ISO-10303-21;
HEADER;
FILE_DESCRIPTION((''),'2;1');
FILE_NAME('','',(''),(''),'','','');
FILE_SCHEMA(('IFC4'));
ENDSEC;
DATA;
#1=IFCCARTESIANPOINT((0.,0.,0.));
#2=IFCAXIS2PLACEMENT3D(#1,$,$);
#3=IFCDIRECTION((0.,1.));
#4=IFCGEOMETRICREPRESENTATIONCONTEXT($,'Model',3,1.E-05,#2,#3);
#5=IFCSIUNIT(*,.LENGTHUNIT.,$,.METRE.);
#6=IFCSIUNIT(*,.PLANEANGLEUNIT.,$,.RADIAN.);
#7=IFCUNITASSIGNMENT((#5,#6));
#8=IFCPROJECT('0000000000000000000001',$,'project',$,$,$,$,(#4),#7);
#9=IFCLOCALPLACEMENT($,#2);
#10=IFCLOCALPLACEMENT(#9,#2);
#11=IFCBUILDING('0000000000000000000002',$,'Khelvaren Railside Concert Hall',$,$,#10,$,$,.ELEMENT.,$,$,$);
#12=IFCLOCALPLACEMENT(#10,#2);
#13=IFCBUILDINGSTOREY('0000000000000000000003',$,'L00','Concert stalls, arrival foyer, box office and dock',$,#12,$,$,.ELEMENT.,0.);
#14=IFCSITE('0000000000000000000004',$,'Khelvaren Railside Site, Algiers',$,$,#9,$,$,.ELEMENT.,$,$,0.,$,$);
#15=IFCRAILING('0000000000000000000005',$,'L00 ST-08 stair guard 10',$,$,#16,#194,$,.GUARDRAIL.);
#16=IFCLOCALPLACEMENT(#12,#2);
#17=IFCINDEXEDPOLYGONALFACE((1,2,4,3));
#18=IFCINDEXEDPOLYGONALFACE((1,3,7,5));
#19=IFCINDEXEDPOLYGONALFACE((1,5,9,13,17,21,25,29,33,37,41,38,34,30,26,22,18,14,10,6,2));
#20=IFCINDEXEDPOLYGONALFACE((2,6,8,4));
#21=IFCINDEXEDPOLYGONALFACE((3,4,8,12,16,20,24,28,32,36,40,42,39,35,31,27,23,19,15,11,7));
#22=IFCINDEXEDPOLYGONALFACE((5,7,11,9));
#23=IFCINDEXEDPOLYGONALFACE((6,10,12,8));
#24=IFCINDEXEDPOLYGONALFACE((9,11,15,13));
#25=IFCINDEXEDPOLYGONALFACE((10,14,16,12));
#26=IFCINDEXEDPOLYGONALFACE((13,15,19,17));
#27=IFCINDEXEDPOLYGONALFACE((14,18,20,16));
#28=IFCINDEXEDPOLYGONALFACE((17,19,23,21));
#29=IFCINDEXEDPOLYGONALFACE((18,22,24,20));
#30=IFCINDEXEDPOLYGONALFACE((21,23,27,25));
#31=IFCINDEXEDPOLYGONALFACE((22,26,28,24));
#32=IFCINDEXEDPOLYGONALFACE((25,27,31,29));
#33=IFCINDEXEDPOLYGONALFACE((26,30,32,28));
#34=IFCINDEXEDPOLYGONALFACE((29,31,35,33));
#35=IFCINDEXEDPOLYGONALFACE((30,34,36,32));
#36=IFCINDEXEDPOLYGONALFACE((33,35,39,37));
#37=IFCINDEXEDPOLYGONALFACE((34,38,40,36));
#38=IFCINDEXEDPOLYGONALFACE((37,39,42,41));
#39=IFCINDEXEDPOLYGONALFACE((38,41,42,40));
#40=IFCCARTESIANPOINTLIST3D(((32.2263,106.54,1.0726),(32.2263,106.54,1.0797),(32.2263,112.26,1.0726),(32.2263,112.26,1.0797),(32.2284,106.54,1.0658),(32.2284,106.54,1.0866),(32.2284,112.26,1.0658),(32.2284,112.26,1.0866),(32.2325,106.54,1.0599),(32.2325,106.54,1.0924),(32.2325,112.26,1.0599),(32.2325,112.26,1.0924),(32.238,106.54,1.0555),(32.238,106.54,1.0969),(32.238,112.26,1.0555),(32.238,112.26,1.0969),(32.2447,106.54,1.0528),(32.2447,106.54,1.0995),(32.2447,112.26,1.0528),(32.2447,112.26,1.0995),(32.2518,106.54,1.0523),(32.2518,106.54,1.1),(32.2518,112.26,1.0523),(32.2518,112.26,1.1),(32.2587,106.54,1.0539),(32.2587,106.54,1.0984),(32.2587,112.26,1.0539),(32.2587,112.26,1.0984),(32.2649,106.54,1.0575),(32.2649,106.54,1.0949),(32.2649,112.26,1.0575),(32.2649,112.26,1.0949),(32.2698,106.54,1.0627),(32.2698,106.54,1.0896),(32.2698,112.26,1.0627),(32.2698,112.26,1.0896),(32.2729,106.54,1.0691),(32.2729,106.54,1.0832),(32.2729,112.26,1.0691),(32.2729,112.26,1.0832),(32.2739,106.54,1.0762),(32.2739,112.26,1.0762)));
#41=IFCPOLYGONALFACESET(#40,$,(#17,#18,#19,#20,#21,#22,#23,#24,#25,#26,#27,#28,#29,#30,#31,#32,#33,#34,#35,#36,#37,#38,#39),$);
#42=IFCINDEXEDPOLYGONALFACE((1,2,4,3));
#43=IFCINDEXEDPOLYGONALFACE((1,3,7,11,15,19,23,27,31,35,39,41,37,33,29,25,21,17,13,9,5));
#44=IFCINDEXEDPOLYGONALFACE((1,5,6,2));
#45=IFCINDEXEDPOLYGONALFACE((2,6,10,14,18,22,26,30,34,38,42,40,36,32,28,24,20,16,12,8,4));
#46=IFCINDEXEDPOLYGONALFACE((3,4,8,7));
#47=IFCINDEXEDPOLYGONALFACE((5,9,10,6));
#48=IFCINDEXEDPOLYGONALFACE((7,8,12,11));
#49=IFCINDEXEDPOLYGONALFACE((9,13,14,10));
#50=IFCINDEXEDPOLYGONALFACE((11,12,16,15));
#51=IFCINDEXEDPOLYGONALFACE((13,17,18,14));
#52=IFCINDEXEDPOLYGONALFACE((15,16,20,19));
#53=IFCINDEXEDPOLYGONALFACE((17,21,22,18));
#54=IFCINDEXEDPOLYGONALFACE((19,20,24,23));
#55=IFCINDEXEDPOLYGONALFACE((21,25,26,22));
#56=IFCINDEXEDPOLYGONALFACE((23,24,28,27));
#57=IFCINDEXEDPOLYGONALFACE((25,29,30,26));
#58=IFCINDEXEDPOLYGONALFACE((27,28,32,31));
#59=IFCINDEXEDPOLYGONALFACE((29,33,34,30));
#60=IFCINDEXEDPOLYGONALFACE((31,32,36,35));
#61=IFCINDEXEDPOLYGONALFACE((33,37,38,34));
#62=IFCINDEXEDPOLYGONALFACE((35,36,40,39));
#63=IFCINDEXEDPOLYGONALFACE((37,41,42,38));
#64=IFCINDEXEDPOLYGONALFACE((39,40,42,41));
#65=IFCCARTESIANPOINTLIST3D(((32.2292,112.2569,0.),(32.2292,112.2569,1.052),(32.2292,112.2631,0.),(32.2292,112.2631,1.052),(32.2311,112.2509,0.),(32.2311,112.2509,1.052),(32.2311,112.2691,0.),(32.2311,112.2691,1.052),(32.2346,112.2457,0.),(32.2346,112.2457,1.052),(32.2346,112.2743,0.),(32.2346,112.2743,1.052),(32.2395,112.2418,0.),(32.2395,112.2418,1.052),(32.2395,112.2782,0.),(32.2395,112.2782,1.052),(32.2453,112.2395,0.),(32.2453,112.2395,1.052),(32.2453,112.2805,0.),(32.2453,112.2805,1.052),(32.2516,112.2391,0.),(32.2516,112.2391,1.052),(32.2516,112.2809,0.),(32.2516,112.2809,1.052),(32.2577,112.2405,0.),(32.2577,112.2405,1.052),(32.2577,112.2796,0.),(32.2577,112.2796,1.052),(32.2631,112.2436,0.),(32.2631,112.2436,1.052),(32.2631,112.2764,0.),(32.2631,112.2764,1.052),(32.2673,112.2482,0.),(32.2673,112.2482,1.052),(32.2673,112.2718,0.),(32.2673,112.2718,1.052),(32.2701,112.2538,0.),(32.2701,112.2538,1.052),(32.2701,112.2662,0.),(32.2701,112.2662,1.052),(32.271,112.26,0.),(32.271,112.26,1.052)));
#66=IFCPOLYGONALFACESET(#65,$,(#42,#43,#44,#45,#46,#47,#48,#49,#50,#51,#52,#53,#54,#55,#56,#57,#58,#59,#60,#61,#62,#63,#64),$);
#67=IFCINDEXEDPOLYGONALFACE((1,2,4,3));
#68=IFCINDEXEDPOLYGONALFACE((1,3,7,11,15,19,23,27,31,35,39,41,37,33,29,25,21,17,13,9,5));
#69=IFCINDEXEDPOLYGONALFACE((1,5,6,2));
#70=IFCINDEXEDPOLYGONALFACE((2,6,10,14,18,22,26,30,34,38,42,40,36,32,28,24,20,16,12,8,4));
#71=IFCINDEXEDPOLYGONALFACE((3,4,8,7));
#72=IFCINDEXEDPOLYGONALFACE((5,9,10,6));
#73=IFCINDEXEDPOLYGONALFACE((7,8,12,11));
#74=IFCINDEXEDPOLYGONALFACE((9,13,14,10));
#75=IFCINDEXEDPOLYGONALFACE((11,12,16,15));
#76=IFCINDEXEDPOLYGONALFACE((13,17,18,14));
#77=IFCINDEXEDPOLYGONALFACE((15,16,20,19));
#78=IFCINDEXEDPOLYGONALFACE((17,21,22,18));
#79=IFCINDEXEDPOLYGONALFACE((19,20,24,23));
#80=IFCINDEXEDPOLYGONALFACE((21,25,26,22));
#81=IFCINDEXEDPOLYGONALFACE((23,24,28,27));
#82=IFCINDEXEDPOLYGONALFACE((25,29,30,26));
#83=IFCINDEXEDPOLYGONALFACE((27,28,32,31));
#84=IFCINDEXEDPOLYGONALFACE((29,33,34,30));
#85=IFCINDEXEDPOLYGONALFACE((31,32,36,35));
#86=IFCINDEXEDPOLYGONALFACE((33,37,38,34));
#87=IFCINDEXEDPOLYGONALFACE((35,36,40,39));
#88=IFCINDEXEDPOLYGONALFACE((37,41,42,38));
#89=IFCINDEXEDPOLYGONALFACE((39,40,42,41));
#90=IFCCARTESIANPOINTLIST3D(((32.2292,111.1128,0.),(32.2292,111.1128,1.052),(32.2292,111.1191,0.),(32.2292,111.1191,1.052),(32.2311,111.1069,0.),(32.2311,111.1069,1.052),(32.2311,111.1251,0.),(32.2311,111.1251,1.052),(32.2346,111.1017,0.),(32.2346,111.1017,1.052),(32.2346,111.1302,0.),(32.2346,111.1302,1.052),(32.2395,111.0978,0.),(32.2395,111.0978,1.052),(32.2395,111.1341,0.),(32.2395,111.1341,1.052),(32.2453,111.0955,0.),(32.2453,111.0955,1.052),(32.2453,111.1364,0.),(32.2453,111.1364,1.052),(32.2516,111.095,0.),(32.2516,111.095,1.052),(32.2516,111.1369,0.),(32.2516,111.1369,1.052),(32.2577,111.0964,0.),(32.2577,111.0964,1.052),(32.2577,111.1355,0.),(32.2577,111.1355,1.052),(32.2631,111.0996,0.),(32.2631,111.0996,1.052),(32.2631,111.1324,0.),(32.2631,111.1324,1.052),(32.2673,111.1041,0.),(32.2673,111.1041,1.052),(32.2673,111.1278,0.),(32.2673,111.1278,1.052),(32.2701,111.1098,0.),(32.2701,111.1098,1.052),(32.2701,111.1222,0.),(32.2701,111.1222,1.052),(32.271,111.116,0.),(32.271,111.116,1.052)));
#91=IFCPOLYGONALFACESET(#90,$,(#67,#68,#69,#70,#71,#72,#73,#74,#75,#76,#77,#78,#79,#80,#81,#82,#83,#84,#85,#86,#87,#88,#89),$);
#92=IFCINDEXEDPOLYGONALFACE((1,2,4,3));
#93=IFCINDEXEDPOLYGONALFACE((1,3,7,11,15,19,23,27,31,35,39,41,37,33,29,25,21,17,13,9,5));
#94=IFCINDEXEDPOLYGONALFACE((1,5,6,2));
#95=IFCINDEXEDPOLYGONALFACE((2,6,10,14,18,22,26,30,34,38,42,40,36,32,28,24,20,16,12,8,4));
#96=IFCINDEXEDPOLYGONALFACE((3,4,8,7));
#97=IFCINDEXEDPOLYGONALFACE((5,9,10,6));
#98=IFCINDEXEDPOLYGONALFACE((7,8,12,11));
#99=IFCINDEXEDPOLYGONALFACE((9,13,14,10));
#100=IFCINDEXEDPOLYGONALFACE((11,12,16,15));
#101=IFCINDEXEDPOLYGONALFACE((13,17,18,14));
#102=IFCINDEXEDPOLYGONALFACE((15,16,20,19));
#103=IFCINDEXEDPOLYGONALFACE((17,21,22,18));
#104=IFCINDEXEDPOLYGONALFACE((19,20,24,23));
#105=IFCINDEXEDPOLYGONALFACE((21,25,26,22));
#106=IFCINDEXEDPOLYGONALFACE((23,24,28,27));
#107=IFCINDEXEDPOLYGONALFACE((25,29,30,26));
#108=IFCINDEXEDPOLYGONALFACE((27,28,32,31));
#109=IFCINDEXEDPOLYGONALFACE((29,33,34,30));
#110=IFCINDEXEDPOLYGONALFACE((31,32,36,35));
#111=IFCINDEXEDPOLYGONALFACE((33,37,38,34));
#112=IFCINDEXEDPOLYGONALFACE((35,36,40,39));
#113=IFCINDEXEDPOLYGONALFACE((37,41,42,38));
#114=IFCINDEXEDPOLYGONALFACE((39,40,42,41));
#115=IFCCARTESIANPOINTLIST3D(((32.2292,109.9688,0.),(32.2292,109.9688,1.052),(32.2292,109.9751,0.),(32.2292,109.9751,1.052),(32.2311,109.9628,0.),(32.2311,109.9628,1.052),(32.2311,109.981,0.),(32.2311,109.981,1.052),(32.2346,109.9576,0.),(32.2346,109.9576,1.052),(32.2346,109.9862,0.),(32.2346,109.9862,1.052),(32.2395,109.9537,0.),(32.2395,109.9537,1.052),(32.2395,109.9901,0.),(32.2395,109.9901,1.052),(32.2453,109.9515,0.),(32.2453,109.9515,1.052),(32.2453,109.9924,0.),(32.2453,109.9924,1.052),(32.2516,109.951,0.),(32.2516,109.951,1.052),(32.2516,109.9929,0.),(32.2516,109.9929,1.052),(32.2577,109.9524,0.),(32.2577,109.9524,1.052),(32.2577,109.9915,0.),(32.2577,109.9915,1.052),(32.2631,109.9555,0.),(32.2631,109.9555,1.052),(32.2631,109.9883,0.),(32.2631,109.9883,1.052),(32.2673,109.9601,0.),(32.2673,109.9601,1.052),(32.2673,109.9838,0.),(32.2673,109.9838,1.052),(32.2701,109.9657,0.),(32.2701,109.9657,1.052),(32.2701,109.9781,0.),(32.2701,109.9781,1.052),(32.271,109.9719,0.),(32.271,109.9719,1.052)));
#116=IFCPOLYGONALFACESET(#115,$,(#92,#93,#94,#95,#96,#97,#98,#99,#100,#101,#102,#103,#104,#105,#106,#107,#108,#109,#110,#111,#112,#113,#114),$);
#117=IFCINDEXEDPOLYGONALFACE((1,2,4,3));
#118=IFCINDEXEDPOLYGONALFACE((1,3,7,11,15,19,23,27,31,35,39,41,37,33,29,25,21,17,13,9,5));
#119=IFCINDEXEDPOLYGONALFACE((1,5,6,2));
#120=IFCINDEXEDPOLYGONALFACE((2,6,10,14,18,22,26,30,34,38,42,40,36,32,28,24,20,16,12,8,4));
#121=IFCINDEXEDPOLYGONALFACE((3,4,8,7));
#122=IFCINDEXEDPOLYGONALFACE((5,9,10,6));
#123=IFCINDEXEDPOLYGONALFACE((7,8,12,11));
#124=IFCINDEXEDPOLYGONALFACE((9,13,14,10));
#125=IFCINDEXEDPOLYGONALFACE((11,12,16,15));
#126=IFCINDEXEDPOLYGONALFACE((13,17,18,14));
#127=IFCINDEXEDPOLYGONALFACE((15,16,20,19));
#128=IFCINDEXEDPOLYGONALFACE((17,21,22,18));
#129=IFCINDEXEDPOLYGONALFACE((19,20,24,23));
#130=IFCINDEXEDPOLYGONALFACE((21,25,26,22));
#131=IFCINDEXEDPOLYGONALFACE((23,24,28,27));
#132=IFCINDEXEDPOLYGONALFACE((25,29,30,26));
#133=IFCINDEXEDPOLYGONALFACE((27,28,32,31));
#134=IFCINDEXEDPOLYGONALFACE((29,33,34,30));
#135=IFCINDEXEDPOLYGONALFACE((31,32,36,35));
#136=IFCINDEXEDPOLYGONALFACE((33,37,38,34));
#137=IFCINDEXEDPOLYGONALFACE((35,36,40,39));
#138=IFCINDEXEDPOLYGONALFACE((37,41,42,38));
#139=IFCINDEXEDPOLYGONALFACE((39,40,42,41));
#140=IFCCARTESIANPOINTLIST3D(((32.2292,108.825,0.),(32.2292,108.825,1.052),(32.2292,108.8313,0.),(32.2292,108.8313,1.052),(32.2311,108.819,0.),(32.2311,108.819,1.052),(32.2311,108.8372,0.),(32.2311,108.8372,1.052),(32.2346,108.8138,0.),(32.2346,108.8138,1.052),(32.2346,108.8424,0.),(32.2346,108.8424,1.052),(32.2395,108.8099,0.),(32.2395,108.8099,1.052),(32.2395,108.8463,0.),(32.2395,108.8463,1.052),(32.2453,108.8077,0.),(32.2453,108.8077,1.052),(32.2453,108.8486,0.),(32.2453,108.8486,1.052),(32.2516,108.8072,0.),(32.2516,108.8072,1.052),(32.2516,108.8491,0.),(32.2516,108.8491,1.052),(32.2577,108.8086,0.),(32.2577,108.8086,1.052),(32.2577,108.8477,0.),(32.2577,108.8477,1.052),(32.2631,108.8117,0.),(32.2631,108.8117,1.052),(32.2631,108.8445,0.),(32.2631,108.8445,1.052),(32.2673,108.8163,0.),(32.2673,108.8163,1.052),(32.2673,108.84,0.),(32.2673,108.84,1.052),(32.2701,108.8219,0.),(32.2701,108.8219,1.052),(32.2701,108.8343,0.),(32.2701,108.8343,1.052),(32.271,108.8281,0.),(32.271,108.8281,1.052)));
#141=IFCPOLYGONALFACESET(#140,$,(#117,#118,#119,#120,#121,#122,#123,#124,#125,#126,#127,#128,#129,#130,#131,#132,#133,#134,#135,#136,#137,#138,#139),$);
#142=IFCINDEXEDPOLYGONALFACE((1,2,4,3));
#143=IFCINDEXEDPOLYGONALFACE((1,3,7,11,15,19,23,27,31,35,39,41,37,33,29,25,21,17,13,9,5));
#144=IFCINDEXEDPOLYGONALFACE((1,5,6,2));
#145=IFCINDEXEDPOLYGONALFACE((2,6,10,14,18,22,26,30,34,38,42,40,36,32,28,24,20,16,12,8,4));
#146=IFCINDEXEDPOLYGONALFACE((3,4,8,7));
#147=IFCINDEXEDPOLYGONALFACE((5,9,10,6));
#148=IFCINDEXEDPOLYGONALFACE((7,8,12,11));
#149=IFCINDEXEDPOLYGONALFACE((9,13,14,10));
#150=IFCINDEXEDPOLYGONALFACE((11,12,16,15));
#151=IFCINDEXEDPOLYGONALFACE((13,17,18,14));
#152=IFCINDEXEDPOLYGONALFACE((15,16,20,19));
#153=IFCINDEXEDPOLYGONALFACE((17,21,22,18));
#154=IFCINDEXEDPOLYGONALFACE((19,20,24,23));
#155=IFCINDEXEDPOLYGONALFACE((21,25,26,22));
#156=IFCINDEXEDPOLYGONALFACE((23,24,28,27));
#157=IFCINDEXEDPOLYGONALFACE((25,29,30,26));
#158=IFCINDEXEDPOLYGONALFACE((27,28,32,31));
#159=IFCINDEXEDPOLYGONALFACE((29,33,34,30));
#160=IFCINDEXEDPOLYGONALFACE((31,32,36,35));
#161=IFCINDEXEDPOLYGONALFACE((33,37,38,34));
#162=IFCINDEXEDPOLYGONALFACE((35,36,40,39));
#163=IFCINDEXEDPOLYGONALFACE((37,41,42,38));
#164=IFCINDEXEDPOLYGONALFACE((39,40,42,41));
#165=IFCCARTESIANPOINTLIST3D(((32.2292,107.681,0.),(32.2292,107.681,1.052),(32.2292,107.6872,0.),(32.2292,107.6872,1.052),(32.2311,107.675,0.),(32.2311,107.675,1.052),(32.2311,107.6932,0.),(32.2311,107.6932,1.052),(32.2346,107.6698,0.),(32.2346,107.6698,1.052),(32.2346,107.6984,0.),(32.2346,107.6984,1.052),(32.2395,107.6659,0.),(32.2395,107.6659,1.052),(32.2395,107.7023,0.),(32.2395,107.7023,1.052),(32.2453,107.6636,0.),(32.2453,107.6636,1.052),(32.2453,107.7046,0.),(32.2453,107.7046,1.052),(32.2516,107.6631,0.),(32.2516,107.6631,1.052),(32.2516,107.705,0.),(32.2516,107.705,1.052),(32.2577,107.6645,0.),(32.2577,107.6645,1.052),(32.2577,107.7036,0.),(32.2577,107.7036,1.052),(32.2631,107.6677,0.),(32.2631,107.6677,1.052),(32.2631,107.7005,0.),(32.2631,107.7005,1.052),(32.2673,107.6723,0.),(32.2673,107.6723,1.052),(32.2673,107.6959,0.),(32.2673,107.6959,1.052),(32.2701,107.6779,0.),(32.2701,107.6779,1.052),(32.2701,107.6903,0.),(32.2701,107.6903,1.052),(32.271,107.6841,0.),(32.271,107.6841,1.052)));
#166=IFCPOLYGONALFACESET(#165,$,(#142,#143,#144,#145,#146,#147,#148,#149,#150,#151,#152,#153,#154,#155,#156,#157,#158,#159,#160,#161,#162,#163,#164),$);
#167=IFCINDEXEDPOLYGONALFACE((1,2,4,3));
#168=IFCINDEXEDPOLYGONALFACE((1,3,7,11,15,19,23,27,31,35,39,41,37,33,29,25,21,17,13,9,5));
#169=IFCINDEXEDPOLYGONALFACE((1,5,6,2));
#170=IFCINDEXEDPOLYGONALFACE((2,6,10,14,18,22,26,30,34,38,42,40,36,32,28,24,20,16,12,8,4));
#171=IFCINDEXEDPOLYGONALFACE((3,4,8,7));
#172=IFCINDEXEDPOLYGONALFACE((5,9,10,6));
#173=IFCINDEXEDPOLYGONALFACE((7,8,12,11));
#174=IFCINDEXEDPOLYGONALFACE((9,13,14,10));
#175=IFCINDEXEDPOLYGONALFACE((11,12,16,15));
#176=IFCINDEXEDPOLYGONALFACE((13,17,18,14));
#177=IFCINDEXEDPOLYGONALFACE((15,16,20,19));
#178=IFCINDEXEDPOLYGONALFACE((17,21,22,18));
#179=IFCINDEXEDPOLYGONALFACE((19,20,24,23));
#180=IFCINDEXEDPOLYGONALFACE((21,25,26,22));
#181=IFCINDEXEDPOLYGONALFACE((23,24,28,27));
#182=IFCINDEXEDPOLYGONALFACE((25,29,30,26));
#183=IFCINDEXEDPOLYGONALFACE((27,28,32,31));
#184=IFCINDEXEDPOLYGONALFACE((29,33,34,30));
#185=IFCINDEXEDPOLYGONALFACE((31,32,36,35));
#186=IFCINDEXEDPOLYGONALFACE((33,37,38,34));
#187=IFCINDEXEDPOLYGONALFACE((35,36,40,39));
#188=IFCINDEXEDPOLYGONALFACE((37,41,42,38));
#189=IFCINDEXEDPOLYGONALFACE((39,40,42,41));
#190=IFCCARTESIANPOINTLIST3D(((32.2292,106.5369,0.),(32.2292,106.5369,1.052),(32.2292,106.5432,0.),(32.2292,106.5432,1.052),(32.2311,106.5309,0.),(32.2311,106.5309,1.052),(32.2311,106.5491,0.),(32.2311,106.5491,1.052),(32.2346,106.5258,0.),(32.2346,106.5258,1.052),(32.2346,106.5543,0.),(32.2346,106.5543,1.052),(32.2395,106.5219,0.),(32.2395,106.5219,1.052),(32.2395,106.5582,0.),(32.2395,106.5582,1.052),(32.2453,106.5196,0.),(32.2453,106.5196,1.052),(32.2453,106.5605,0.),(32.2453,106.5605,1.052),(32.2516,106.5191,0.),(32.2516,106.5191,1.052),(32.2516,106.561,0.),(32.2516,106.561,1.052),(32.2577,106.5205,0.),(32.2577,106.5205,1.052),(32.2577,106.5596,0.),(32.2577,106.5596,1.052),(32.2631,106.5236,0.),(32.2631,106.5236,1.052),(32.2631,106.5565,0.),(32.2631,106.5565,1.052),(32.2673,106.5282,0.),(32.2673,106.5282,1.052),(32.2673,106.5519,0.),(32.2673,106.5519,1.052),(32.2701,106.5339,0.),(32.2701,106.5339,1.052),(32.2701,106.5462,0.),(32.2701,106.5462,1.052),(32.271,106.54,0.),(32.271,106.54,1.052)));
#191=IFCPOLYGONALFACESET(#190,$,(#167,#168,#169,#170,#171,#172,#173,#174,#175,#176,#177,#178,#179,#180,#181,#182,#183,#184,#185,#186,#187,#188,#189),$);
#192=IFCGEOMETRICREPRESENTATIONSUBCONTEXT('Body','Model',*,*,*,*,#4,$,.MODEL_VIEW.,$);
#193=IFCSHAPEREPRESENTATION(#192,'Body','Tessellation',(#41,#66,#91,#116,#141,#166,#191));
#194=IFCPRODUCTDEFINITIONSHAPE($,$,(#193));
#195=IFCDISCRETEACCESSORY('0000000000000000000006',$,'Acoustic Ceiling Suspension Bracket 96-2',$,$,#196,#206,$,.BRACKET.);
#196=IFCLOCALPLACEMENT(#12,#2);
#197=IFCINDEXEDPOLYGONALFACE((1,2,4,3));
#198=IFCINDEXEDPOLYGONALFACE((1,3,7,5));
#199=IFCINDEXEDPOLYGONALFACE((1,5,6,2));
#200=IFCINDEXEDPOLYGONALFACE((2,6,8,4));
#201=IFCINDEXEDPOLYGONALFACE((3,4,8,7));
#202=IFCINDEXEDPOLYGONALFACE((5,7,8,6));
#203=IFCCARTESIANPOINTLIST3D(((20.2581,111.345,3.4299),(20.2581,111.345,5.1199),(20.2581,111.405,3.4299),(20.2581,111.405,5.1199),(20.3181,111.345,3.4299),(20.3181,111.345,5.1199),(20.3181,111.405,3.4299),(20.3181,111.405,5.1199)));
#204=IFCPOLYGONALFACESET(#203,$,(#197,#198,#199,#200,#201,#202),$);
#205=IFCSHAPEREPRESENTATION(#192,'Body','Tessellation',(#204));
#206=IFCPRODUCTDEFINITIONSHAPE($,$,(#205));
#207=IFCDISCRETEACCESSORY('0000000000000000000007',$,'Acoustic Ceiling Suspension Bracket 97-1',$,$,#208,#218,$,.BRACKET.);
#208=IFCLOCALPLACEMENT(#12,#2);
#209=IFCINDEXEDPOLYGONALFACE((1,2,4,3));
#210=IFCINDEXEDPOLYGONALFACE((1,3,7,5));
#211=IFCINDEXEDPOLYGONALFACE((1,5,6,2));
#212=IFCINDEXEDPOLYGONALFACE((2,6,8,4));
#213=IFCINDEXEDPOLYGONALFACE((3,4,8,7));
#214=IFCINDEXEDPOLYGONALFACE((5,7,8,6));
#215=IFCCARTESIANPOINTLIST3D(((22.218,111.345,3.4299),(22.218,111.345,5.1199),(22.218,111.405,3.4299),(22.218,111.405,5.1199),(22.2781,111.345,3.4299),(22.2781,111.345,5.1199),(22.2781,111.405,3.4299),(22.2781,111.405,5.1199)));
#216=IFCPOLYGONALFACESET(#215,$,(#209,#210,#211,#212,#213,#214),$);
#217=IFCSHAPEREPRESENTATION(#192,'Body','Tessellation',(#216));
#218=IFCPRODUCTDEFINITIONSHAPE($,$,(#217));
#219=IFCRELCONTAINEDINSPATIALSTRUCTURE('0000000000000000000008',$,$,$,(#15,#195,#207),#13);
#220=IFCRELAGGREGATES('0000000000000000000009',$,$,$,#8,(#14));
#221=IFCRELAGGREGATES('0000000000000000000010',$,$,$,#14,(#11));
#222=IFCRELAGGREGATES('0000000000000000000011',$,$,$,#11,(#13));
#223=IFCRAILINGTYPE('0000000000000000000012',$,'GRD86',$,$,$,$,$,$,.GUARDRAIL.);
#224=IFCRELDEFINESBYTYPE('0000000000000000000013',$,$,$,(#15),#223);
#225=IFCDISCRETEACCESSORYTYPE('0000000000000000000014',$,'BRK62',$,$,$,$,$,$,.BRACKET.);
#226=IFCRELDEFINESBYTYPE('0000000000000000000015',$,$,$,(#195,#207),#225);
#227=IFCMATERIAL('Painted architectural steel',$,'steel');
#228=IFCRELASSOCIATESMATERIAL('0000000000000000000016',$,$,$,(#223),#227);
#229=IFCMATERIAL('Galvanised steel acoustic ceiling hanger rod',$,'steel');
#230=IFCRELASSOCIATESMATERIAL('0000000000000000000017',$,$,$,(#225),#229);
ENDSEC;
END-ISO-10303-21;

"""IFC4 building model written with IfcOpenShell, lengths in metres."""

from ifc_helpers import new_model, si_unit, direction, frame, origin, origin_2d, place, context, subcontext, project, spatial, rectangle, circle, extrude, material, type_object, element, save


model = new_model("IFC4")

# Units and contexts
model_context = context("Model", 3, precision=1e-05, world=origin(), true_north=direction((0.0, 1.0)))
body_context = subcontext(model_context, "Body", "Model", "MODEL_VIEW")
ifc_project = project(units=[si_unit("LENGTHUNIT", "METRE"), si_unit("PLANEANGLEUNIT", "RADIAN")], contexts=[model_context])

# Site, building, storey
site_placement = place(None, origin())
site = spatial("IfcSite", under=ifc_project, at=site_placement, Name="Khelvaren Railside Site, Algiers", CompositionType="ELEMENT", RefElevation=0.0)
building_placement = place(site_placement, origin())
building = spatial("IfcBuilding", under=site, at=building_placement, Name="Khelvaren Railside Concert Hall", CompositionType="ELEMENT")
storey_placement = place(building_placement, origin())
storey = spatial("IfcBuildingStorey", under=building, at=storey_placement, Name="L00", Description="Concert stalls, arrival foyer, box office and dock", CompositionType="ELEMENT", Elevation=0.0)

# Railing
ifc_material_1 = material(Name="Painted architectural steel", Category="steel")
railing_type = type_object("IfcRailingType", Name="GRD86", PredefinedType="GUARDRAIL", material=ifc_material_1)
railing_placement = place(storey_placement, frame((32.25, 112.26, 0.0)))
element("IfcRailing", 1, at=railing_placement, inside=storey, type_object=railing_type, Name="L00 ST-08 stair guard 10", PredefinedType="GUARDRAIL", context=body_context, shape_type="SweptSolid", body=[
    extrude(circle(Radius=0.0239, at=origin_2d()), frame((0.0, 0.0, 1.0762), z_axis=(0.0, -1.0, 0.0), x_axis=(1.0, 0.0, 0.0)), (0.0, 0.0, 1.0), 5.72),
    extrude(circle(Radius=0.021, at=origin_2d()), origin(), (0.0, 0.0, 1.0), 1.052),
    extrude(circle(Radius=0.021, at=origin_2d()), frame((0.0, -1.144, 0.0)), (0.0, 0.0, 1.0), 1.052),
    extrude(circle(Radius=0.021, at=origin_2d()), frame((0.0, -2.2881, 0.0)), (0.0, 0.0, 1.0), 1.052),
    extrude(circle(Radius=0.021, at=origin_2d()), frame((0.0, -3.4319, 0.0)), (0.0, 0.0, 1.0), 1.052),
    extrude(circle(Radius=0.021, at=origin_2d()), frame((0.0, -4.5759, 0.0)), (0.0, 0.0, 1.0), 1.052),
    extrude(circle(Radius=0.021, at=origin_2d()), frame((0.0, -5.72, 0.0)), (0.0, 0.0, 1.0), 1.052),
])

# Discrete accessories
ifc_material_2 = material(Name="Galvanised steel acoustic ceiling hanger rod", Category="steel")
discrete_accessory_type = type_object("IfcDiscreteAccessoryType", Name="BRK62", PredefinedType="BRACKET", material=ifc_material_2)
for number, where, z_axis, x_axis, name in (
    (2, (20.2881, 111.375, 3.4299), (0.0, 0.0, 1.0), (1.0, 0.0, 0.0), "Acoustic Ceiling Suspension Bracket 96-2"),
    (3, (22.248, 111.375, 3.4299), (0.0, 0.0, 1.0), (1.0, 0.0, 0.0), "Acoustic Ceiling Suspension Bracket 97-1"),
):
    element("IfcDiscreteAccessory", number, at=place(storey_placement, frame(where, z_axis=z_axis, x_axis=x_axis)), inside=storey, type_object=discrete_accessory_type, Name=name, PredefinedType="BRACKET", context=body_context, shape_type="SweptSolid", body=[
        extrude(rectangle(XDim=0.0601, YDim=0.0601, at=origin_2d()), origin(), (0.0, 0.0, 1.0), 1.6899),
    ])

save(model, "model.ifc")
